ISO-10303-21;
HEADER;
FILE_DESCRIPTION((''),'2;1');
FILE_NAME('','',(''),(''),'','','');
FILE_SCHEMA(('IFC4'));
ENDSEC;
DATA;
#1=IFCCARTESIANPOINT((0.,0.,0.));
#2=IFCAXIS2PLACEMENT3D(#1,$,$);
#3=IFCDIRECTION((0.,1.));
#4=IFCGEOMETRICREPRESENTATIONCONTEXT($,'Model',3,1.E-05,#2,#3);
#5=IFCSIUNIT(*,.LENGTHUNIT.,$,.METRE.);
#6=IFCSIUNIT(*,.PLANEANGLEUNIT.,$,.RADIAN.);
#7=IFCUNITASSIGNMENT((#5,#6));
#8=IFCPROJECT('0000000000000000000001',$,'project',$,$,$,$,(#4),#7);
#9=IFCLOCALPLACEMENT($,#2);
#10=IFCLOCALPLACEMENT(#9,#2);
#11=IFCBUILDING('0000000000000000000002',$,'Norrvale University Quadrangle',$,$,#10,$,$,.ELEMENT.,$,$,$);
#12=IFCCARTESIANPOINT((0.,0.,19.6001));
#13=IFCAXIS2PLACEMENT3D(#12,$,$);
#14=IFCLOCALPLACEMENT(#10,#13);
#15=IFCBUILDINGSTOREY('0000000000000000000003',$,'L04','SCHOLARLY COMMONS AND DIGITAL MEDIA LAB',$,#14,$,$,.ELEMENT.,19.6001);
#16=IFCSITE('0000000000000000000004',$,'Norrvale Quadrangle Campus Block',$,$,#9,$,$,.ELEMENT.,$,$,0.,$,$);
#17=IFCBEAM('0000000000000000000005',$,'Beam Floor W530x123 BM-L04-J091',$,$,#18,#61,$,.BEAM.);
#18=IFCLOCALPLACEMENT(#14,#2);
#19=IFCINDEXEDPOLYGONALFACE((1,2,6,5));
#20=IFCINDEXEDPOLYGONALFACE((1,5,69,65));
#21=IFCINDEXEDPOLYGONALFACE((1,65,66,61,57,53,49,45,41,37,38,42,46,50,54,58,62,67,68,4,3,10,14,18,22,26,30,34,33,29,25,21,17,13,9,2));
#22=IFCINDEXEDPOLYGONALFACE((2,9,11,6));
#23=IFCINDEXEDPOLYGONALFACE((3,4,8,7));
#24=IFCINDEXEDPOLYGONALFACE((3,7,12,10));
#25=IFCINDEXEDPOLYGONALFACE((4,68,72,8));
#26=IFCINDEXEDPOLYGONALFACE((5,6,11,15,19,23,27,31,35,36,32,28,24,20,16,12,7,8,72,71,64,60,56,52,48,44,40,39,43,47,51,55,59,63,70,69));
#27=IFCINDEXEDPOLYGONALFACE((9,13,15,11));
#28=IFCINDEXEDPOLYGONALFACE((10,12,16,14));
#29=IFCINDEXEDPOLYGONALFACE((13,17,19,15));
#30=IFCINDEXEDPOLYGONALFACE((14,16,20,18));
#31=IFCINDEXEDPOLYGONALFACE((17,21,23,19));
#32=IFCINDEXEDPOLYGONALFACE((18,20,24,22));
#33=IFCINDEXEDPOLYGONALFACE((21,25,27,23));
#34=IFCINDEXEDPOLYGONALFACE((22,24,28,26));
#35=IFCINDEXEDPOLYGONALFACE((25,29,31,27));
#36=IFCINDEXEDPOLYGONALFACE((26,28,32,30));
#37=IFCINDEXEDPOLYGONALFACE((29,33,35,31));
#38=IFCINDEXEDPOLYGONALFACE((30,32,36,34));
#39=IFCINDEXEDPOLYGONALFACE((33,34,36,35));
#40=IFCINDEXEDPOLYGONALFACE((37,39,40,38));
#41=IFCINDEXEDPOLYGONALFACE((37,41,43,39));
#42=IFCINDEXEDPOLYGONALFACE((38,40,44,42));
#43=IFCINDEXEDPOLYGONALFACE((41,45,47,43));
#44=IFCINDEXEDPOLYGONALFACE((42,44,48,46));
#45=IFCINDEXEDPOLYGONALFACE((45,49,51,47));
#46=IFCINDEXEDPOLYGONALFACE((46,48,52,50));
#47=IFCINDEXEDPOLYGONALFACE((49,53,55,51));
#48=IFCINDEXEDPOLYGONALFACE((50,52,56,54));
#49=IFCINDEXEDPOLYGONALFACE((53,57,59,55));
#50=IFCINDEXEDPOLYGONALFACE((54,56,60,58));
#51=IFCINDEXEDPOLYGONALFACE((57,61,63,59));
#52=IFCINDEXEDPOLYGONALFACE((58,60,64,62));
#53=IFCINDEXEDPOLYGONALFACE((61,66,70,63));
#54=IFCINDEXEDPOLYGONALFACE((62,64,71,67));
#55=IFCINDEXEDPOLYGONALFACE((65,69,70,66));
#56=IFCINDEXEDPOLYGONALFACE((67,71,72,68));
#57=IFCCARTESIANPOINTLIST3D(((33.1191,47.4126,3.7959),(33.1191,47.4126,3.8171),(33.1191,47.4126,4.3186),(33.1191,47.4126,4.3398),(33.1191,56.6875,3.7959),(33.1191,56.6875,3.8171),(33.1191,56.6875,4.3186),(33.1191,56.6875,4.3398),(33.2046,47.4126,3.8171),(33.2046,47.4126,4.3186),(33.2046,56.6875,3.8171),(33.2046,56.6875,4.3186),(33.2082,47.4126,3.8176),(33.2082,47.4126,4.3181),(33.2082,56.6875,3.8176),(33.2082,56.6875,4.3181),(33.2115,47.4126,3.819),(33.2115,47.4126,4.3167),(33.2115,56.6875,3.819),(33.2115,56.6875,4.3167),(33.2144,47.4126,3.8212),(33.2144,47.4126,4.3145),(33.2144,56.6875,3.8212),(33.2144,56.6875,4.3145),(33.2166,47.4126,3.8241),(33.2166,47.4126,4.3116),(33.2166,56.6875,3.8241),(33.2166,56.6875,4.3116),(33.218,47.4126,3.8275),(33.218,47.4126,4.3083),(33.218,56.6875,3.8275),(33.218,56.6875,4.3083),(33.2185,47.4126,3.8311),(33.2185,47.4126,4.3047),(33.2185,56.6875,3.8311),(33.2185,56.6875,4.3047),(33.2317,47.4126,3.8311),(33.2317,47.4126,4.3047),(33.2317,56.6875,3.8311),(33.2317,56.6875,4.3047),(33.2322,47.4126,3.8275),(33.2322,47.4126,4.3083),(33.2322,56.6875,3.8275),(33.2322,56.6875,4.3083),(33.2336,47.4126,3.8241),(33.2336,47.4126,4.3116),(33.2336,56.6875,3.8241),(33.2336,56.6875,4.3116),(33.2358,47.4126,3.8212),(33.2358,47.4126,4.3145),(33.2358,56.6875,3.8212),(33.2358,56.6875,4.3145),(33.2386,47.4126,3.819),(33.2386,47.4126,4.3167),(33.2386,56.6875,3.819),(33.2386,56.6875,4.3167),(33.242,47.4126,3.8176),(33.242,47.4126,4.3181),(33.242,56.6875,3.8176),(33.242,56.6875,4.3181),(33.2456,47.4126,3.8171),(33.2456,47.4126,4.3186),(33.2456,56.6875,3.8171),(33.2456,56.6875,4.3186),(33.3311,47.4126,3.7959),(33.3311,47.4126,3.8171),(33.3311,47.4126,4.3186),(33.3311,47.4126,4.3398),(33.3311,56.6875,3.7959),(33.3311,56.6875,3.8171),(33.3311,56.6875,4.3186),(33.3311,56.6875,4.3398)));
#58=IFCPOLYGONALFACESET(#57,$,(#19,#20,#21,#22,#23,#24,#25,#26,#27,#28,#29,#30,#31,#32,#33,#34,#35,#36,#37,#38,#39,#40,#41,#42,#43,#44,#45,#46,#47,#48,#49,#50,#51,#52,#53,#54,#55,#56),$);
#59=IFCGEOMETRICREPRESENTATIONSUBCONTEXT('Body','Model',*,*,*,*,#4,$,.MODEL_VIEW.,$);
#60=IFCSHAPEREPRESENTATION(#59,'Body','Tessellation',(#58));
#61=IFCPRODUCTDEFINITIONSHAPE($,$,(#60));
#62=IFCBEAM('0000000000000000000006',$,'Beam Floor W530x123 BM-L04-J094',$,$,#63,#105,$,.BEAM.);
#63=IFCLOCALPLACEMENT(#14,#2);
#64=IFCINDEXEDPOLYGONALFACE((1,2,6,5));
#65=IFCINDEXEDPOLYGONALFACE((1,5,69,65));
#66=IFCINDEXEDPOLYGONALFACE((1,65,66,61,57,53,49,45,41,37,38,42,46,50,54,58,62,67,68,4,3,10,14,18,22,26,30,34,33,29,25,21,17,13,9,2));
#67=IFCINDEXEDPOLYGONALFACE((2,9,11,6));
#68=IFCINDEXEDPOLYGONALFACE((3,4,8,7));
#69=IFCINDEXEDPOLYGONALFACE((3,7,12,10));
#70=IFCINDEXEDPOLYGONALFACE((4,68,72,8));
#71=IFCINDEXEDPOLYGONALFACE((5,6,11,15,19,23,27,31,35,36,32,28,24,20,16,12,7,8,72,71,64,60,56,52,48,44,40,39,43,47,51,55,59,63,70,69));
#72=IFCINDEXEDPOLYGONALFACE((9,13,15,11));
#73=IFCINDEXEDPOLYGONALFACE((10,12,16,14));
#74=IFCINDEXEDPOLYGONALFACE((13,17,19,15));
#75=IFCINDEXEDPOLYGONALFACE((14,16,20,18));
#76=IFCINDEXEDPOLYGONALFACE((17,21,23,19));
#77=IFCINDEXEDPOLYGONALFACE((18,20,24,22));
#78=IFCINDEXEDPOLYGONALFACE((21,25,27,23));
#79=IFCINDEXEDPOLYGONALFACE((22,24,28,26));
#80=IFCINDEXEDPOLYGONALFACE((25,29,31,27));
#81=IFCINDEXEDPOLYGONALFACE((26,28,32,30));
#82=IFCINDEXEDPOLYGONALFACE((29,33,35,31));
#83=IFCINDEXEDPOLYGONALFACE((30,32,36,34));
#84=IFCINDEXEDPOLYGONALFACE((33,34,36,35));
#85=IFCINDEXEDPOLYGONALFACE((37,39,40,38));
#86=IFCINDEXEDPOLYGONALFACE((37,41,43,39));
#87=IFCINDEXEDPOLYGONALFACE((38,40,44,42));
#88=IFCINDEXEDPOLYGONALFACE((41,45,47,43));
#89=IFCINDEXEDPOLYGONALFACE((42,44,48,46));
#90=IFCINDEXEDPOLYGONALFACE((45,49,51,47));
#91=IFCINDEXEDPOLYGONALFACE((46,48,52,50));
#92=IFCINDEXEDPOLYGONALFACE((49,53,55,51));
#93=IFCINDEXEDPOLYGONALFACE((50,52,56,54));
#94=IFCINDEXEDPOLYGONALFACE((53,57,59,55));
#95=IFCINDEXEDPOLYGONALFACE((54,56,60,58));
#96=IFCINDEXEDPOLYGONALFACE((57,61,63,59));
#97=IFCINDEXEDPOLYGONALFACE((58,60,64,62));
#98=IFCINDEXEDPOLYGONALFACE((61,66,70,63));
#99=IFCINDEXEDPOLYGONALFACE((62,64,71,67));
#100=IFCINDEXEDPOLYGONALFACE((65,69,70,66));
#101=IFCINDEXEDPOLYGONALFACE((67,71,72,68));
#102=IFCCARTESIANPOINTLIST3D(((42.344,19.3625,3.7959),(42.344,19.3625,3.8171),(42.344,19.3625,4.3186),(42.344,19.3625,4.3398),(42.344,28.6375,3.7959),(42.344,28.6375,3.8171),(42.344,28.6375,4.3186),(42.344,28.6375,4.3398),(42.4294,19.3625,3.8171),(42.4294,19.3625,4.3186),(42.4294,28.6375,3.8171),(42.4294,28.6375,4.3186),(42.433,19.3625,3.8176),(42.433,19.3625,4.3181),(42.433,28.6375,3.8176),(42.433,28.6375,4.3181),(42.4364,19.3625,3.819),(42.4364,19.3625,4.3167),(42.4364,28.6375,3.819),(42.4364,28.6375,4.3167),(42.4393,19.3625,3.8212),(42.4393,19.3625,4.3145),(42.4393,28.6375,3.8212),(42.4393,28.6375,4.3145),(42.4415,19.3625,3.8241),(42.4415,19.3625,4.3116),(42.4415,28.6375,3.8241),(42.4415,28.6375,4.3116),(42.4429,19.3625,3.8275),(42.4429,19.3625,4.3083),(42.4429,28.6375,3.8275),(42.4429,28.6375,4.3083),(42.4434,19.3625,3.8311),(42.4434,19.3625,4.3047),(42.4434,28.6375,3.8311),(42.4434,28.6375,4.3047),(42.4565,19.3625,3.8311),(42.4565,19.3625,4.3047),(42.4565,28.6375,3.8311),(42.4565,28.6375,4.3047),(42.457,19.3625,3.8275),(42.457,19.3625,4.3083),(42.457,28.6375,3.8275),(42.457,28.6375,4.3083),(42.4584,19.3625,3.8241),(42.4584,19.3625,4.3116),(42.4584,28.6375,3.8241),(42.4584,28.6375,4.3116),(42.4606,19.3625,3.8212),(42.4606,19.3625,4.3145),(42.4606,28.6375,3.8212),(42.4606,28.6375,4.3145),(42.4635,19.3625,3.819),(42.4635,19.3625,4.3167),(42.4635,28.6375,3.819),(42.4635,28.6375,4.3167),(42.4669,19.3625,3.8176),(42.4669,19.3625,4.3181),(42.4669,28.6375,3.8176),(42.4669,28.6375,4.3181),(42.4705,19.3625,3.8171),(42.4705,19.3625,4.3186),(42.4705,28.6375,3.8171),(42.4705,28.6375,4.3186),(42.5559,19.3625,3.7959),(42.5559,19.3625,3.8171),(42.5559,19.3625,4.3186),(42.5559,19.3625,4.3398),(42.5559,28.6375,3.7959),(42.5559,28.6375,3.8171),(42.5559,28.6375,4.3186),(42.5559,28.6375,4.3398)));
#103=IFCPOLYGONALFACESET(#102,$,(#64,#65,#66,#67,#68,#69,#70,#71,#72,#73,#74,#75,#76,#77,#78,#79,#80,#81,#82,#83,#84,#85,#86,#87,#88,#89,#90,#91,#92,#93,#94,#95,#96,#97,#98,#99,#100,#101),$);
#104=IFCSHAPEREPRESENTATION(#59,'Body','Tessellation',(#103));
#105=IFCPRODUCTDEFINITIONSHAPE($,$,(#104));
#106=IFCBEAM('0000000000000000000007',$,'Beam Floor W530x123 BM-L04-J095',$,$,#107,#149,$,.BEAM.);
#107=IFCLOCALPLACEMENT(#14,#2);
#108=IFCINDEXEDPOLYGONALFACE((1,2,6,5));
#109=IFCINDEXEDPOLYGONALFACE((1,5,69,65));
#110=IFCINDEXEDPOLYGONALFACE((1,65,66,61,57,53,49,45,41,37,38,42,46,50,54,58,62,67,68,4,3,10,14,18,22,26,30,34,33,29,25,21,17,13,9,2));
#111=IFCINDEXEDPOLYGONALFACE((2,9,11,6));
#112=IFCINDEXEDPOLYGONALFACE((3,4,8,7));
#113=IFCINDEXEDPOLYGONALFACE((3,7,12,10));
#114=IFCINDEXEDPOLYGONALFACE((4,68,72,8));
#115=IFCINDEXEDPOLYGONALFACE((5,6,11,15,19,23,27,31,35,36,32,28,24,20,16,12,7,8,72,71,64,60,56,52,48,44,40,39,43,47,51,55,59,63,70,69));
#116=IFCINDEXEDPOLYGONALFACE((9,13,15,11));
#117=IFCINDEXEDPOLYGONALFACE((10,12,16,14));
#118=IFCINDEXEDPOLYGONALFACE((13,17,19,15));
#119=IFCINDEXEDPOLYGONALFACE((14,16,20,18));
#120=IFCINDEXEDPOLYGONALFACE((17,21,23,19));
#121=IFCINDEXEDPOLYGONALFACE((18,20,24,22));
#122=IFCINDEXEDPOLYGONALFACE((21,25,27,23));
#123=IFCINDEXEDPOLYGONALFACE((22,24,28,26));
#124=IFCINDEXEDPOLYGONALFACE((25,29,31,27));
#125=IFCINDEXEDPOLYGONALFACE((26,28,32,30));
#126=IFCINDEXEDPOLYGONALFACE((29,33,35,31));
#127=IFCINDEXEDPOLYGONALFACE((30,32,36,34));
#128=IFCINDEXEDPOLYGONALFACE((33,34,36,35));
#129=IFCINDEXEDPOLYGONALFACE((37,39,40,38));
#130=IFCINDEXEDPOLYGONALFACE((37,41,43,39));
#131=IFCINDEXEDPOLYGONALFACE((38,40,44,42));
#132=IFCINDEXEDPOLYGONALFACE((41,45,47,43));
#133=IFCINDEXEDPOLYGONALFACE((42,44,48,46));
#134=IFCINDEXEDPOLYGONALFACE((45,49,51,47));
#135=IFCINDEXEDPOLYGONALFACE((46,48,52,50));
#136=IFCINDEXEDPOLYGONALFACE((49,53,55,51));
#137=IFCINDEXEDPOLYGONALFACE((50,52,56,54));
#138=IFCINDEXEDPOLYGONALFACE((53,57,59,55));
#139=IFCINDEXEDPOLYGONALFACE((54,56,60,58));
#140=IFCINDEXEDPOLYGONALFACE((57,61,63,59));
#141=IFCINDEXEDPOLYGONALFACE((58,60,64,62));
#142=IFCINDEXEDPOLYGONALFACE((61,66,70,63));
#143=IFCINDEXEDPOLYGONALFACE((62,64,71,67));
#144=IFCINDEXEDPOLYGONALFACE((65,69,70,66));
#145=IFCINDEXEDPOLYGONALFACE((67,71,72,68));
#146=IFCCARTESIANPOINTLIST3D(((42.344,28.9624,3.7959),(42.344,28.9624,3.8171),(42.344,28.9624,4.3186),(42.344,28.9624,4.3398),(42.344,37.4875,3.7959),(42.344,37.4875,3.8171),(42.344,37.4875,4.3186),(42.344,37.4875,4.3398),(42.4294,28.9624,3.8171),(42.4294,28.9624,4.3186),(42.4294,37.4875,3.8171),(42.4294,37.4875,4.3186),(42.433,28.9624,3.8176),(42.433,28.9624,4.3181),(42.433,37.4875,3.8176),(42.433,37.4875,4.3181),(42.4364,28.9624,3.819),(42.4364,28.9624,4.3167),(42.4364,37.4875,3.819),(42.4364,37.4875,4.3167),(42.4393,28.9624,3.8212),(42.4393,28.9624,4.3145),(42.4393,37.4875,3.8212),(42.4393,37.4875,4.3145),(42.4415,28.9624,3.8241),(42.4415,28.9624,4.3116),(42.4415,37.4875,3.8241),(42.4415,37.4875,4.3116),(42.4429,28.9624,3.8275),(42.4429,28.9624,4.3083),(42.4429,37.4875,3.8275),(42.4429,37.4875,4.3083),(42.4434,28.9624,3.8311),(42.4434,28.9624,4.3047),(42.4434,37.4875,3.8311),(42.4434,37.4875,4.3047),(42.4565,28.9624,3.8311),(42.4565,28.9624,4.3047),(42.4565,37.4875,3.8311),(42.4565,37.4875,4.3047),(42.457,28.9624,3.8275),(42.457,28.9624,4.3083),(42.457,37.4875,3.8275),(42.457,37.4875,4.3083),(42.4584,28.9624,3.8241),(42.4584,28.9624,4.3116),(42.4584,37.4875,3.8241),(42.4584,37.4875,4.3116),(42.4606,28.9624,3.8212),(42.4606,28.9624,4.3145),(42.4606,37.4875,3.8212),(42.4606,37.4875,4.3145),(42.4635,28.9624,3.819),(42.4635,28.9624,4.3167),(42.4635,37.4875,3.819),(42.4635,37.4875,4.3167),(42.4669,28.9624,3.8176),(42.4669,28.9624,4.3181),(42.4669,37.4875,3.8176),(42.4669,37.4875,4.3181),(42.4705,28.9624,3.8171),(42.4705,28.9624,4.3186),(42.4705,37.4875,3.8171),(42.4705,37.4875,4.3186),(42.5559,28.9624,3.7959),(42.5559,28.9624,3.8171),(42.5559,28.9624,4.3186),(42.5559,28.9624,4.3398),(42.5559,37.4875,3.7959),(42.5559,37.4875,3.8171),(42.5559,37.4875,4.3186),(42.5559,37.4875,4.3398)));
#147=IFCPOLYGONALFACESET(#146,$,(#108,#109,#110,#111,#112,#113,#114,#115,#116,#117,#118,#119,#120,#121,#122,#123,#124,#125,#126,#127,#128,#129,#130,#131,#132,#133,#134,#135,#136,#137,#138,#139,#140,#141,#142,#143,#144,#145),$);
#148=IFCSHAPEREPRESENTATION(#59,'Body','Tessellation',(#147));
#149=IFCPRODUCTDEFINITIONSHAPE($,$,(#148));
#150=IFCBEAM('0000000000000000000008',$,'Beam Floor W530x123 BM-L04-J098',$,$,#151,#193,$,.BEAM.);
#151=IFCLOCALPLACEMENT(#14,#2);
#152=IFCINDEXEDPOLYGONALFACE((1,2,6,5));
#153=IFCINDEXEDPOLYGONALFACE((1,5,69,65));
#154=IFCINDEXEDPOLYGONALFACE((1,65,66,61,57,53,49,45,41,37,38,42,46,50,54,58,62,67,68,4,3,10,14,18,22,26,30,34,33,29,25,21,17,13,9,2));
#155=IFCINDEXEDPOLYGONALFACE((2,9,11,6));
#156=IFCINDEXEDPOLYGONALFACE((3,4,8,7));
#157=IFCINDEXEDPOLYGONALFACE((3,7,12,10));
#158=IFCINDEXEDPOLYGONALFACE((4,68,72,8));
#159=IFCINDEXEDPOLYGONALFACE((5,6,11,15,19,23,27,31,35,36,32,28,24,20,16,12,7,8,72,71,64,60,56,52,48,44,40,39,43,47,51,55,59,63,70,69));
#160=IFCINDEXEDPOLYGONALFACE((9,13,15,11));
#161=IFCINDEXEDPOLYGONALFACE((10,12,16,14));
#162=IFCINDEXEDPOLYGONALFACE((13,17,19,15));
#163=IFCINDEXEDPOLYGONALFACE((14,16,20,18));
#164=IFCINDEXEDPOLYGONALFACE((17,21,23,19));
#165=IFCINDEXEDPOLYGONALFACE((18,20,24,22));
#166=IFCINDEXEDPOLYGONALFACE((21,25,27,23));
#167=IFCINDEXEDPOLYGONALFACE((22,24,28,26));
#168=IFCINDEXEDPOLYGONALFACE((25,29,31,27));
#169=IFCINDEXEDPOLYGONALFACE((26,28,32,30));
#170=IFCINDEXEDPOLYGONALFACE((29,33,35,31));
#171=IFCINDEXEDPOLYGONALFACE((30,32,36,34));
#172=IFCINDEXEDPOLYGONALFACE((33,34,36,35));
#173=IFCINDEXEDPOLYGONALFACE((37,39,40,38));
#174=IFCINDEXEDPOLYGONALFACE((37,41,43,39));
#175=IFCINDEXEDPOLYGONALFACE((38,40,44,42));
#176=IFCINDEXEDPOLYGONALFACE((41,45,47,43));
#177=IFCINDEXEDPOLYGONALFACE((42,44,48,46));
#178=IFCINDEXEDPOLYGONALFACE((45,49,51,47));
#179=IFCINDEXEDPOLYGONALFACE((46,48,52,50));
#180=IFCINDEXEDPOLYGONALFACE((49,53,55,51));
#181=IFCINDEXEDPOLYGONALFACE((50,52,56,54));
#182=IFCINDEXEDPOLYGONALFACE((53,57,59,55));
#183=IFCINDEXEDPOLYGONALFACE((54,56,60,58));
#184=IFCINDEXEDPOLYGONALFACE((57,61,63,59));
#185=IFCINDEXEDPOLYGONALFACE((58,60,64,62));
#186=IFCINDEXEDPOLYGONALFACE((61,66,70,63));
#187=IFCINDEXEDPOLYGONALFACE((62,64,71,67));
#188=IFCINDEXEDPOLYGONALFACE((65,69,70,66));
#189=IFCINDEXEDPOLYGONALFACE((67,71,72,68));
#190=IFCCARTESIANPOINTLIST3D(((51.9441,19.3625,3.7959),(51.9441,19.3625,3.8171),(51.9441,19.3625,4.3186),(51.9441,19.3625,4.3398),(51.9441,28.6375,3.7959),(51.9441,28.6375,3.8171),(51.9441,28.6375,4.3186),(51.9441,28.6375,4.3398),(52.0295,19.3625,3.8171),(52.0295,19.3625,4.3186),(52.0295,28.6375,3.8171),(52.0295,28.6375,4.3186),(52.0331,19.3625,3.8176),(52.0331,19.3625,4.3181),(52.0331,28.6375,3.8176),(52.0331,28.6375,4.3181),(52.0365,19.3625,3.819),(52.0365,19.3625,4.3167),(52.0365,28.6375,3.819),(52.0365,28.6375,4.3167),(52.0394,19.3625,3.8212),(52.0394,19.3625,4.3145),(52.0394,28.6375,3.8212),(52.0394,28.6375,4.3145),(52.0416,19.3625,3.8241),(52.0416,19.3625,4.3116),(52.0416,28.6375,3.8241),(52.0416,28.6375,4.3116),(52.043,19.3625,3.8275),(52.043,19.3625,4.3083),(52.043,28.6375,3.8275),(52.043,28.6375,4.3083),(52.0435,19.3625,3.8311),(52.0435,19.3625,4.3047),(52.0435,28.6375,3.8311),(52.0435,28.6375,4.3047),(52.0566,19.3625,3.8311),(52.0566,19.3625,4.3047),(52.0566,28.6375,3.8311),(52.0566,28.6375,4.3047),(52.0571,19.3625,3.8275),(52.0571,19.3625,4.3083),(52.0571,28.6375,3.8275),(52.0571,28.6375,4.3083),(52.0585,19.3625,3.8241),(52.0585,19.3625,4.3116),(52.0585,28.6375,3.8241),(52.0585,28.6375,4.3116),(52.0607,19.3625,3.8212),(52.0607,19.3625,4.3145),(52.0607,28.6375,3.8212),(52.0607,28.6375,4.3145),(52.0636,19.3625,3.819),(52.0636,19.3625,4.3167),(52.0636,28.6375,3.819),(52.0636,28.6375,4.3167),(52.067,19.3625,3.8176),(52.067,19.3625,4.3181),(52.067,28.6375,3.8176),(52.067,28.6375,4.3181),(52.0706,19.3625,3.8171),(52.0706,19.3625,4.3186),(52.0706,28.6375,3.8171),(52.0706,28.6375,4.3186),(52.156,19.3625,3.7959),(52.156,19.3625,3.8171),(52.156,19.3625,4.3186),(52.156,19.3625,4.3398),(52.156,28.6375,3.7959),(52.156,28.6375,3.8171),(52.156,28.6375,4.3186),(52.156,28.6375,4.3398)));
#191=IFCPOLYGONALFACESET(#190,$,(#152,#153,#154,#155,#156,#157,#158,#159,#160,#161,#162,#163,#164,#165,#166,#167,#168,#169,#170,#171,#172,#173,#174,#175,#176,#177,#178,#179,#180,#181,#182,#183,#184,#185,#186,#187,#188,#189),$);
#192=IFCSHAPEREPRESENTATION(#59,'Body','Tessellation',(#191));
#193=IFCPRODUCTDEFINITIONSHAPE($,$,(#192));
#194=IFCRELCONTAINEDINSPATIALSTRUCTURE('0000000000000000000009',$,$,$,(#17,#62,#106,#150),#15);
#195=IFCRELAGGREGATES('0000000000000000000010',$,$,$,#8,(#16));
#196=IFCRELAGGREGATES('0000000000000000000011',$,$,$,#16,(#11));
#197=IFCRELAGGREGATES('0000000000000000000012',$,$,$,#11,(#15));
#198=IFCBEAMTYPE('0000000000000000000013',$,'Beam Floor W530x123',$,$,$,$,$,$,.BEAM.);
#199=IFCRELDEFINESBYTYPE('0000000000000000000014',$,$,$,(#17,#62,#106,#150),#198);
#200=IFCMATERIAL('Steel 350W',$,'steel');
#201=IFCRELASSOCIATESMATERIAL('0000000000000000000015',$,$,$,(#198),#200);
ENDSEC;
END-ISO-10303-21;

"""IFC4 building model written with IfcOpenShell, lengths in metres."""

from ifc_helpers import new_model, si_unit, direction, frame, origin, origin_2d, place, context, subcontext, project, spatial, i_section, extrude, material, material_profile, profile_set, type_object, element, save


model = new_model("IFC4")

# Units and contexts
model_context = context("Model", 3, precision=1e-05, world=origin(), true_north=direction((0.0, 1.0)))
body_context = subcontext(model_context, "Body", "Model", "MODEL_VIEW")
ifc_project = project(units=[si_unit("LENGTHUNIT", "METRE"), si_unit("PLANEANGLEUNIT", "RADIAN")], contexts=[model_context])

# Site, building, storey
site_placement = place(None, origin())
site = spatial("IfcSite", under=ifc_project, at=site_placement, Name="Norrvale Quadrangle Campus Block", CompositionType="ELEMENT", RefElevation=0.0)
building_placement = place(site_placement, origin())
building = spatial("IfcBuilding", under=site, at=building_placement, Name="Norrvale University Quadrangle", CompositionType="ELEMENT")
storey_placement = place(building_placement, frame((0.0, 0.0, 19.6001)))
storey = spatial("IfcBuildingStorey", under=building, at=storey_placement, Name="L04", Description="SCHOLARLY COMMONS AND DIGITAL MEDIA LAB", CompositionType="ELEMENT", Elevation=19.6001)

# Beams
ifc_material_1 = material(Name="Steel 350W", Category="steel")
ifc_material_profile_1 = material_profile(ifc_material_1, i_section(OverallWidth=0.2119, OverallDepth=0.5439, WebThickness=0.0132, FlangeThickness=0.0212, FilletRadius=0.0139, at=origin_2d()), Name="Steel 350W")
ifc_profile_set_1 = profile_set([ifc_material_profile_1], Name="Steel 350W")
beam_type_1 = type_object("IfcBeamType", Name="Beam Floor W530x123", PredefinedType="BEAM", material=ifc_profile_set_1)
for number, where, z_axis, x_axis, name in (
    (1, (33.2251, 47.4126, 4.0679), (0.0, 1.0, 0.0), (-1.0, 0.0, 0.0), "Beam Floor W530x123 BM-L04-J091"),
    (2, (42.45, 19.3625, 4.0679), (0.0, 1.0, 0.0), (-1.0, 0.0, 0.0), "Beam Floor W530x123 BM-L04-J094"),
):
    element("IfcBeam", number, at=place(storey_placement, frame(where, z_axis=z_axis, x_axis=x_axis)), inside=storey, type_object=beam_type_1, Name=name, PredefinedType="BEAM", context=body_context, shape_type="SweptSolid", body=[
        extrude(i_section(OverallWidth=0.2119, OverallDepth=0.5439, WebThickness=0.0132, FlangeThickness=0.0212, FilletRadius=0.0139, at=origin_2d()), origin(), (0.0, 0.0, 1.0), 9.2749),
    ])
beam_1_placement = place(storey_placement, frame((42.45, 28.9624, 4.0679), z_axis=(0.0, 1.0, 0.0), x_axis=(-1.0, 0.0, 0.0)))
element("IfcBeam", 3, at=beam_1_placement, inside=storey, type_object=beam_type_1, Name="Beam Floor W530x123 BM-L04-J095", PredefinedType="BEAM", context=body_context, shape_type="SweptSolid", body=[
    extrude(i_section(OverallWidth=0.2119, OverallDepth=0.5439, WebThickness=0.0132, FlangeThickness=0.0212, FilletRadius=0.0139, at=origin_2d()), origin(), (0.0, 0.0, 1.0), 8.5251),
])
beam_2_placement = place(storey_placement, frame((52.05, 19.3625, 4.0679), z_axis=(0.0, 1.0, 0.0), x_axis=(-1.0, 0.0, 0.0)))
element("IfcBeam", 4, at=beam_2_placement, inside=storey, type_object=beam_type_1, Name="Beam Floor W530x123 BM-L04-J098", PredefinedType="BEAM", context=body_context, shape_type="SweptSolid", body=[
    extrude(i_section(OverallWidth=0.2119, OverallDepth=0.5439, WebThickness=0.0132, FlangeThickness=0.0212, FilletRadius=0.0139, at=origin_2d()), origin(), (0.0, 0.0, 1.0), 9.2749),
])

save(model, "model.ifc")
